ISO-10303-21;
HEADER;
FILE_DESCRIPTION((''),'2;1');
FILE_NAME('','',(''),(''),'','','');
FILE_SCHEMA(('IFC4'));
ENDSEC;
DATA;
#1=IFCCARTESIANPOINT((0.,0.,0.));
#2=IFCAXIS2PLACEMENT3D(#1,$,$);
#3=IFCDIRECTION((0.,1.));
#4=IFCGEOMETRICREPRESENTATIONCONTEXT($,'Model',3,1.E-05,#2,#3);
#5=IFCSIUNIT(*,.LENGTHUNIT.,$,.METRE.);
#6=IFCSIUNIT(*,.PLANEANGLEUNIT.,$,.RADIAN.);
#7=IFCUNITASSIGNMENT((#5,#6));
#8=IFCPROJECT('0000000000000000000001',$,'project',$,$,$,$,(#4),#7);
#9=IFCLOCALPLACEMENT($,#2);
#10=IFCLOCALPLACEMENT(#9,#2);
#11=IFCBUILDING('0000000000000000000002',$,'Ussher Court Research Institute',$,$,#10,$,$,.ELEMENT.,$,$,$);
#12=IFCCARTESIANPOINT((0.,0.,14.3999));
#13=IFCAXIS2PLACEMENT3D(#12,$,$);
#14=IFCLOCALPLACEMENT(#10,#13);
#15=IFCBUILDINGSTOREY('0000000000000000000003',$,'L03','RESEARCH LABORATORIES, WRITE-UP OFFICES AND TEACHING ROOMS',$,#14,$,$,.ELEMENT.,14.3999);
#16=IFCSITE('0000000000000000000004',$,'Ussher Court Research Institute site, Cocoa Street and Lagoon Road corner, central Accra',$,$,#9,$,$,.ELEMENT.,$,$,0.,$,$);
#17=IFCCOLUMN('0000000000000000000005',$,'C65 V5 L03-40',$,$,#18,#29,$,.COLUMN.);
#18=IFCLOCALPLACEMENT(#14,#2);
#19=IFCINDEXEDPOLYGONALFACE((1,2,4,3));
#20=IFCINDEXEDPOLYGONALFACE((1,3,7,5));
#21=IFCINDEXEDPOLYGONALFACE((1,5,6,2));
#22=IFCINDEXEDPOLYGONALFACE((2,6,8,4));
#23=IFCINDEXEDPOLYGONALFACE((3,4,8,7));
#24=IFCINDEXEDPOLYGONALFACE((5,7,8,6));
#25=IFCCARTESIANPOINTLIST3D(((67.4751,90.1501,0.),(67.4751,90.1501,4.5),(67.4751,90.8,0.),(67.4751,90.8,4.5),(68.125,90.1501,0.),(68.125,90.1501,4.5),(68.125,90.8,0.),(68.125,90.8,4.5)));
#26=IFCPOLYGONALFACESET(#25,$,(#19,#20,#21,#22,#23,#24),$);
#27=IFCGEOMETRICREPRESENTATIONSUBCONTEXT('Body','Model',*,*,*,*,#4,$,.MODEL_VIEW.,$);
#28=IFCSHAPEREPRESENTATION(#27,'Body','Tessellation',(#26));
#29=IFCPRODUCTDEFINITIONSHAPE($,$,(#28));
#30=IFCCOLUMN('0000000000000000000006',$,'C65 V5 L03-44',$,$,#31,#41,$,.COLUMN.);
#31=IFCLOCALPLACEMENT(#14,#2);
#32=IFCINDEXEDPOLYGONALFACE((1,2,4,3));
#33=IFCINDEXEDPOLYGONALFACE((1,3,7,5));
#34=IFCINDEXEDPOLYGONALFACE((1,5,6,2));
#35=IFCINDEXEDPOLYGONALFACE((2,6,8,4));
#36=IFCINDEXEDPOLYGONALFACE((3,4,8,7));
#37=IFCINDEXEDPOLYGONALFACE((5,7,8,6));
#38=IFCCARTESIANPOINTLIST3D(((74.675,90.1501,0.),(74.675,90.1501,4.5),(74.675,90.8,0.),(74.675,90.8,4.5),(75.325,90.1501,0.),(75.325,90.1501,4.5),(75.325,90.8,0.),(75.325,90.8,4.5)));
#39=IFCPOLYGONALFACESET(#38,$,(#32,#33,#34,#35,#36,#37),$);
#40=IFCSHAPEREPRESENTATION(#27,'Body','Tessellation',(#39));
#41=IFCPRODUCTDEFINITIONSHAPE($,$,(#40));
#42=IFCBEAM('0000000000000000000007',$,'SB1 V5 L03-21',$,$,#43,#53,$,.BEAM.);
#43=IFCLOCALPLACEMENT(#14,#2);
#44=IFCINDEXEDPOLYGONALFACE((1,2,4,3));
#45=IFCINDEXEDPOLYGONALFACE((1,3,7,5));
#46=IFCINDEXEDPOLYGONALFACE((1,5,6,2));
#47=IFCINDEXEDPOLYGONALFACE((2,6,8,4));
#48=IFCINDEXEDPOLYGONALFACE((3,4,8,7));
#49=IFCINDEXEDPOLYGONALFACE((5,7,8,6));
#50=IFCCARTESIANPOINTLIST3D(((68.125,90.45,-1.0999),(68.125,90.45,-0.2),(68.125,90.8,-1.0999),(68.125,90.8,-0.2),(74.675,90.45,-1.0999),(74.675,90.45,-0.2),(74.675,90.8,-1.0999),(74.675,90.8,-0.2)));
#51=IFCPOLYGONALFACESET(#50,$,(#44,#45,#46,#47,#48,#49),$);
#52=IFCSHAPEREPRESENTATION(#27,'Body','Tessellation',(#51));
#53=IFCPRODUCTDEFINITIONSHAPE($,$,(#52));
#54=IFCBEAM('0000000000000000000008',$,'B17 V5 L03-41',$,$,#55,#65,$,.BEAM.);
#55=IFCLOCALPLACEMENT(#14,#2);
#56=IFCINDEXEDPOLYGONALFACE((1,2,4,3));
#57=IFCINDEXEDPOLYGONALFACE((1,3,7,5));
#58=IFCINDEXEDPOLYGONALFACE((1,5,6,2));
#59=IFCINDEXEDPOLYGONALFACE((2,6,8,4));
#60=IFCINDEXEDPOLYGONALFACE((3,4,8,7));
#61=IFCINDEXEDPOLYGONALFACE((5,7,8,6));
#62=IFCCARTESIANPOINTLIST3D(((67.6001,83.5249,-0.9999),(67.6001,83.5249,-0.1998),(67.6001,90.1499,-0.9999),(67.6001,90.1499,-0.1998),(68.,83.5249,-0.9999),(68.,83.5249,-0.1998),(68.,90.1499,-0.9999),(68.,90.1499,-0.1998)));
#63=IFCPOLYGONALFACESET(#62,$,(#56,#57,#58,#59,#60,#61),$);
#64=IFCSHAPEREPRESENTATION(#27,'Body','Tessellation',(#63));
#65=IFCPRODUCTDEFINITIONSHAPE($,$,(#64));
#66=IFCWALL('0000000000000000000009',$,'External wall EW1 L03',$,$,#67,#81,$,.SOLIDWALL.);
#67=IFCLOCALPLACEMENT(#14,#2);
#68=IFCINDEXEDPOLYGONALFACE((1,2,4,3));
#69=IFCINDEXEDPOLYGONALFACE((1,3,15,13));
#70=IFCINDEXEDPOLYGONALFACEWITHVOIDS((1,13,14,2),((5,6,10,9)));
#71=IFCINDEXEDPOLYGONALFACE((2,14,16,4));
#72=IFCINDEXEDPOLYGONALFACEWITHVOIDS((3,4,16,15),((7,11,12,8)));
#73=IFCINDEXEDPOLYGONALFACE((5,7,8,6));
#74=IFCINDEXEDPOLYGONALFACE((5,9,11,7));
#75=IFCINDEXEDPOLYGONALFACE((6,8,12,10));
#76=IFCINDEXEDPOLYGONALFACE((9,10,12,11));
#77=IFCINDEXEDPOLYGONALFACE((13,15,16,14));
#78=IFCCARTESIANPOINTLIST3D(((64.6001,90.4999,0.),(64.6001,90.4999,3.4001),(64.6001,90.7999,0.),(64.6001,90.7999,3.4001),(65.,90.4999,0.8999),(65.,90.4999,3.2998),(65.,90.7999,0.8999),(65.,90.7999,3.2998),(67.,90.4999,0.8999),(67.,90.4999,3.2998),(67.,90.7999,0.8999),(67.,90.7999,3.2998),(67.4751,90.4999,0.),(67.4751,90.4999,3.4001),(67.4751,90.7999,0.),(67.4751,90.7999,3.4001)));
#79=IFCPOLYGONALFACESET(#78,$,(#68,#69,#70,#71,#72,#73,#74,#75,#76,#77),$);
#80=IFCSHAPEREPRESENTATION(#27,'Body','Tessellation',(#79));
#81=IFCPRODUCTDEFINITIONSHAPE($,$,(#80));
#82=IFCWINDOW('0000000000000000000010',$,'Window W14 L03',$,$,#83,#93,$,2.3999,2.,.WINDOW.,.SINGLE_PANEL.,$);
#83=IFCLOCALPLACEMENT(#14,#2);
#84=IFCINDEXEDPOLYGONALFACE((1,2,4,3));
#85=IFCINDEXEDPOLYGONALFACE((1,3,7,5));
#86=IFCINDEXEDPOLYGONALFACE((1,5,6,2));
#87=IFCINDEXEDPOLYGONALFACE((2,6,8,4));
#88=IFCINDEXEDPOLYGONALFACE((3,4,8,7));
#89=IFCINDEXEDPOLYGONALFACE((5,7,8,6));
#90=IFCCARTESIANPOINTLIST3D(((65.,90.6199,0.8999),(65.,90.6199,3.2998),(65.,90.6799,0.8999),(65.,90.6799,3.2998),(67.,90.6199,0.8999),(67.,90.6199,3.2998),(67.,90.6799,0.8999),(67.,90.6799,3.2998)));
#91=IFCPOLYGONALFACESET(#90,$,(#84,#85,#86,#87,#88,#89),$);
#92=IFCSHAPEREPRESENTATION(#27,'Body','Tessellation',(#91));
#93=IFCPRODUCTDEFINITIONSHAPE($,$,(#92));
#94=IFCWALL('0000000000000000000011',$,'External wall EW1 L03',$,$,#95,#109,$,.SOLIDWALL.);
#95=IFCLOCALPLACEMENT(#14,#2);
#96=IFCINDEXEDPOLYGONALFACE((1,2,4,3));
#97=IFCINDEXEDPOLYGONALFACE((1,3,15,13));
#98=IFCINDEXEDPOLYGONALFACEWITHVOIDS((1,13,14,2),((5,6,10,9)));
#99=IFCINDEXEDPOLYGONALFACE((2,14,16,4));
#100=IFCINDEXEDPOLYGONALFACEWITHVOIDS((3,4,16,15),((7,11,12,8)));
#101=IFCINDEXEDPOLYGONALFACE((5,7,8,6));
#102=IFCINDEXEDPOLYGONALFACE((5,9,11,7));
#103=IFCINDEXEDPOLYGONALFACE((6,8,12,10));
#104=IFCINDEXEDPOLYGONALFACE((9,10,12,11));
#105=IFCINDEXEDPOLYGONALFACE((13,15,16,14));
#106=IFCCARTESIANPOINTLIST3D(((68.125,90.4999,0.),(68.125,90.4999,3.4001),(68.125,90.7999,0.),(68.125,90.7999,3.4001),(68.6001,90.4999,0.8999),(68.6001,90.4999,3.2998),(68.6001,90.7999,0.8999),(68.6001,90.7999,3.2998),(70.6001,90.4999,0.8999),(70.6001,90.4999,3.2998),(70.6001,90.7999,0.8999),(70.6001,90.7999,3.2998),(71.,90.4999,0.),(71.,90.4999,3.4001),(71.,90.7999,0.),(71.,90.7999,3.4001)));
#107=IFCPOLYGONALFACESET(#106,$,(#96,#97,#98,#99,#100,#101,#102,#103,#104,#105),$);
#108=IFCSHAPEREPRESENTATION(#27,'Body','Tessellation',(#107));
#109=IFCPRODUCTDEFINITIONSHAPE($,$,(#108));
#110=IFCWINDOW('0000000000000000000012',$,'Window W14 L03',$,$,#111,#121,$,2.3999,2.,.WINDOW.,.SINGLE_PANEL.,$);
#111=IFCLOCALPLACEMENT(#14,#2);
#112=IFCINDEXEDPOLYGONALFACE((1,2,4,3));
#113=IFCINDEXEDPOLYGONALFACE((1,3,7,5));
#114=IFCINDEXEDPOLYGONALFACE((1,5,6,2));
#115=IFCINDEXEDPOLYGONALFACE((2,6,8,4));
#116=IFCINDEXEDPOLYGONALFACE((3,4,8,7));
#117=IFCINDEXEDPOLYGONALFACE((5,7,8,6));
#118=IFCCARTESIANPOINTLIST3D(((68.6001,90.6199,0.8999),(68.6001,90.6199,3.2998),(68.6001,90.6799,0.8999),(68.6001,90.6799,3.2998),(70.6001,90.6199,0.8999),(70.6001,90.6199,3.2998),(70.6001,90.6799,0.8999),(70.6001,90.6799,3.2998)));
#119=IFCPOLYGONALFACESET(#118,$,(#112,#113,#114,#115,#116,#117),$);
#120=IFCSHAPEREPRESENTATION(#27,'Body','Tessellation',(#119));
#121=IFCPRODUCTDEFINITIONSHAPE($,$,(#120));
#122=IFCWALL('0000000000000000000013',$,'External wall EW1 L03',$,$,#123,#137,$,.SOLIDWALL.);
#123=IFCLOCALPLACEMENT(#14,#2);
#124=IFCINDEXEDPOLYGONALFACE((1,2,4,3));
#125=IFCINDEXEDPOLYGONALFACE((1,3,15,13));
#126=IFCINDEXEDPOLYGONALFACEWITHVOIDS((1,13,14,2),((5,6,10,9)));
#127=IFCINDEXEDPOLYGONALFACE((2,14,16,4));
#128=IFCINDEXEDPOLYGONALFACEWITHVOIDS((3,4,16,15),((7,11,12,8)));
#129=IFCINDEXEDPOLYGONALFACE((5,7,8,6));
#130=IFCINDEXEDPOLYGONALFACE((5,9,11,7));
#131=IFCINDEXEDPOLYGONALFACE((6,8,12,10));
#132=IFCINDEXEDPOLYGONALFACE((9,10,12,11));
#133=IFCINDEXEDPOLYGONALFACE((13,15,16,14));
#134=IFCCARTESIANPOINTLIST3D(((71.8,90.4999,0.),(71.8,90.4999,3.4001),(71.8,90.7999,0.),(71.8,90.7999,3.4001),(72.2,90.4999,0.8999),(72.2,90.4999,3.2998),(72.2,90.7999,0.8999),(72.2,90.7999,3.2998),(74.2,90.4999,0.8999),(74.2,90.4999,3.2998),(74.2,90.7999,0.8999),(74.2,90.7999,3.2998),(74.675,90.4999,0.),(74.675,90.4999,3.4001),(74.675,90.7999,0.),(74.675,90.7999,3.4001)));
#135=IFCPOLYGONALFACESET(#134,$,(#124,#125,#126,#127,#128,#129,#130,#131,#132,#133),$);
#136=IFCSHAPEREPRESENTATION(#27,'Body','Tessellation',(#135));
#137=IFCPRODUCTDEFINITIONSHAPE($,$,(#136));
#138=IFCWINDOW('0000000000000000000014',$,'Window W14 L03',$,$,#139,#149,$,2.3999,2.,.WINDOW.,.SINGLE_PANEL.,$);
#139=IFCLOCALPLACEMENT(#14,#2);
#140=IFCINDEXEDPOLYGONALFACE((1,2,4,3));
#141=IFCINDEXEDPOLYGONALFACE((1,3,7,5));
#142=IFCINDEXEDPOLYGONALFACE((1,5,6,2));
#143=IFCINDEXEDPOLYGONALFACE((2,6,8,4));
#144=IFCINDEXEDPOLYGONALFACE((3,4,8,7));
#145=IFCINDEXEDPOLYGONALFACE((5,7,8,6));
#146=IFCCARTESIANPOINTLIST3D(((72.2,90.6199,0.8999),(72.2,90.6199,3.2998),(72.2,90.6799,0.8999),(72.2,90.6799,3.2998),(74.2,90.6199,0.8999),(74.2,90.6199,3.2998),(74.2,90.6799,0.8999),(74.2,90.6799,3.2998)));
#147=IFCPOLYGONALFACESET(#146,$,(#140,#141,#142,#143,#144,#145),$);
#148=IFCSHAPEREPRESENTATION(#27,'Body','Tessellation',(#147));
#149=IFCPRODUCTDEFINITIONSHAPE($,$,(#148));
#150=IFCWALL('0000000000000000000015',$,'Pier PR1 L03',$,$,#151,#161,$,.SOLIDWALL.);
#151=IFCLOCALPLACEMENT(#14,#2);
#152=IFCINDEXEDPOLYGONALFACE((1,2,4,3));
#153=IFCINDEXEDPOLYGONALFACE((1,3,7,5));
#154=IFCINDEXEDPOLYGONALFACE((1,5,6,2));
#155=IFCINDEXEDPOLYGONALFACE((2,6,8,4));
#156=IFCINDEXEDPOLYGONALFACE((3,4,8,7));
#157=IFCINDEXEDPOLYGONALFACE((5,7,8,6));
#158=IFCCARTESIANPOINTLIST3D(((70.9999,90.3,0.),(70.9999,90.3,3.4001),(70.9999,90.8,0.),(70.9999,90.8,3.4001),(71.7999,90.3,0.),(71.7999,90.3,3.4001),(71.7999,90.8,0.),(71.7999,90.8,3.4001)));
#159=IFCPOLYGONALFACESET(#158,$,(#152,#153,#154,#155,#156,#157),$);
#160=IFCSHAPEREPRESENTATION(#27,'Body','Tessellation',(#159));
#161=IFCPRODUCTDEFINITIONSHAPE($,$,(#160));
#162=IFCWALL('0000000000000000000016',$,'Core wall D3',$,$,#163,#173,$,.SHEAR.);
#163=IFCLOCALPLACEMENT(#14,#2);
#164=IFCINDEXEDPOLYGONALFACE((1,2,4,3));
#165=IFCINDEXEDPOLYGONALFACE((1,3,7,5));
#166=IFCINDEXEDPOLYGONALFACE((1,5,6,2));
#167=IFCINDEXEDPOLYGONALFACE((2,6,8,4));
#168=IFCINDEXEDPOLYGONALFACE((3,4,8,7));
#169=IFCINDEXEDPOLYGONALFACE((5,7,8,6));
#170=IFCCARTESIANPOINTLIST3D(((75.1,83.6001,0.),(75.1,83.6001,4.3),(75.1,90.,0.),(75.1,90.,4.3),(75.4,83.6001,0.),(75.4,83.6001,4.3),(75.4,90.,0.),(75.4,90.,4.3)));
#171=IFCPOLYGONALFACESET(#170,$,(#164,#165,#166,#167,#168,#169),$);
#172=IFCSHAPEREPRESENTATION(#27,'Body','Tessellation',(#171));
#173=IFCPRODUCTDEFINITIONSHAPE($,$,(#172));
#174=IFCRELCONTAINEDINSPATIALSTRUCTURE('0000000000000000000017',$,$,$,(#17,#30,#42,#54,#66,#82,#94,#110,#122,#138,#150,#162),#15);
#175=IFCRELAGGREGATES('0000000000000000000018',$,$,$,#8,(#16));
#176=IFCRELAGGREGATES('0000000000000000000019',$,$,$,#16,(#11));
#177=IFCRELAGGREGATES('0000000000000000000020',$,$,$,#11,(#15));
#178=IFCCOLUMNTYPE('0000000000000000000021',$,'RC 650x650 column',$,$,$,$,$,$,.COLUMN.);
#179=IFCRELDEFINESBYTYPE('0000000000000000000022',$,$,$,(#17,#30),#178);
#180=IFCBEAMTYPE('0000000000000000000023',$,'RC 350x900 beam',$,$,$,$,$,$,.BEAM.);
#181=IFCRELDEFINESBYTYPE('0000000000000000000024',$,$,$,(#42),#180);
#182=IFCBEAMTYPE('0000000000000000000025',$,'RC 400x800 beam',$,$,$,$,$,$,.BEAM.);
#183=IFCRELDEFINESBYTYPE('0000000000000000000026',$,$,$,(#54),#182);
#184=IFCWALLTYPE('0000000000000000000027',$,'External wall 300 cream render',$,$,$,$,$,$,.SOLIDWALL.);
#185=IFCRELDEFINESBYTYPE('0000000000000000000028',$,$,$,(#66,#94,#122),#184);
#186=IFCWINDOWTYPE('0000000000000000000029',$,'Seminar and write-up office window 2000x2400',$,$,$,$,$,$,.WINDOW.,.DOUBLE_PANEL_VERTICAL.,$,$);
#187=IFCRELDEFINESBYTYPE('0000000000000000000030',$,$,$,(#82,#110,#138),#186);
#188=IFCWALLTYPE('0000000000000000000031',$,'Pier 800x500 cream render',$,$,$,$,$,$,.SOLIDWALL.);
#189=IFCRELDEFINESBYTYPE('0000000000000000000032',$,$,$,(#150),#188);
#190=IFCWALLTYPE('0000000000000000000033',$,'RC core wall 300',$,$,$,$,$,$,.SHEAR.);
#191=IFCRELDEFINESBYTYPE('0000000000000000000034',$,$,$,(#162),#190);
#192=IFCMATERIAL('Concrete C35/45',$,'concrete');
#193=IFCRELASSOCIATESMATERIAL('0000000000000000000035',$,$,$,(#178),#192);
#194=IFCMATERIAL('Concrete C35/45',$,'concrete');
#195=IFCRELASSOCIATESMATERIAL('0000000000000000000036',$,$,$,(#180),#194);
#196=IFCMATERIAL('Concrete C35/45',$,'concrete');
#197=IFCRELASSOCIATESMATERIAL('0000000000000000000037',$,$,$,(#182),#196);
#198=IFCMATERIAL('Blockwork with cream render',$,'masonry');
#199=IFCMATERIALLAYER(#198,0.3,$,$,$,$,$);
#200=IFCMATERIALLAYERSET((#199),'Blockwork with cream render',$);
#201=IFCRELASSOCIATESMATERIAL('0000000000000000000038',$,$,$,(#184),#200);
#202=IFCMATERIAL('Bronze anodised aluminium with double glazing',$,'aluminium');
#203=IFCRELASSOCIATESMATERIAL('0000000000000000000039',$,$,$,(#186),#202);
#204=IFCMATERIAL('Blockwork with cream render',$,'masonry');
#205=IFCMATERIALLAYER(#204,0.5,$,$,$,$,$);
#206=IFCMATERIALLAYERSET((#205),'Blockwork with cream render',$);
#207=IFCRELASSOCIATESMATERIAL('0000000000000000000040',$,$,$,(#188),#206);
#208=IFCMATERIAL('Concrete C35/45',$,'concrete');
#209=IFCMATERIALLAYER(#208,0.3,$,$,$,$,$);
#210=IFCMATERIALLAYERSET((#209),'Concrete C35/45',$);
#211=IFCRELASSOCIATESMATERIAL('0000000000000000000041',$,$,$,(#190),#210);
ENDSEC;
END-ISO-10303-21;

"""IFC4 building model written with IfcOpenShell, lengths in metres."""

from ifc_helpers import new_model, si_unit, direction, frame, frame_2d, origin, origin_2d, place, context, subcontext, project, spatial, rectangle, extrude, material, layer, layer_set, material_profile, profile_set, type_object, element, fill, save


model = new_model("IFC4")

# Units and contexts
model_context = context("Model", 3, precision=1e-05, world=origin(), true_north=direction((0.0, 1.0)))
body_context = subcontext(model_context, "Body", "Model", "MODEL_VIEW")
ifc_project = project(units=[si_unit("LENGTHUNIT", "METRE"), si_unit("PLANEANGLEUNIT", "RADIAN")], contexts=[model_context])

# Site, building, storey
site_placement = place(None, origin())
site = spatial("IfcSite", under=ifc_project, at=site_placement, Name="Ussher Court Research Institute site, Cocoa Street and Lagoon Road corner, central Accra", CompositionType="ELEMENT", RefElevation=0.0)
building_placement = place(site_placement, origin())
building = spatial("IfcBuilding", under=site, at=building_placement, Name="Ussher Court Research Institute", CompositionType="ELEMENT")
storey_placement = place(building_placement, frame((0.0, 0.0, 14.3999)))
storey = spatial("IfcBuildingStorey", under=building, at=storey_placement, Name="L03", Description="RESEARCH LABORATORIES, WRITE-UP OFFICES AND TEACHING ROOMS", CompositionType="ELEMENT", Elevation=14.3999)

# Columns
ifc_material_1 = material(Name="Concrete C35/45", Category="concrete")
ifc_material_profile_1 = material_profile(ifc_material_1, rectangle(XDim=0.6499, YDim=0.6499, at=origin_2d()), Name="RC 650x650")
ifc_profile_set_1 = profile_set([ifc_material_profile_1], Name="Concrete C35/45")
column_type = type_object("IfcColumnType", Name="RC 650x650 column", PredefinedType="COLUMN", material=ifc_profile_set_1)
for number, where, z_axis, x_axis, name in (
    (1, (67.8, 90.4751, 0.0), (0.0, 0.0, 1.0), (1.0, 0.0, 0.0), "C65 V5 L03-40"),
    (2, (75.0, 90.4751, 0.0), (0.0, 0.0, 1.0), (1.0, 0.0, 0.0), "C65 V5 L03-44"),
):
    element("IfcColumn", number, at=place(storey_placement, frame(where, z_axis=z_axis, x_axis=x_axis)), inside=storey, type_object=column_type, Name=name, PredefinedType="COLUMN", context=body_context, shape_type="SweptSolid", body=[
        extrude(rectangle(XDim=0.6499, YDim=0.6499, at=origin_2d()), origin(), (0.0, 0.0, 1.0), 4.5),
    ])

# Beams
ifc_material_2 = material(Name="Concrete C35/45", Category="concrete")
ifc_material_profile_2 = material_profile(ifc_material_2, rectangle(XDim=0.3501, YDim=0.8999, at=origin_2d()), Name="RC 350x900")
ifc_profile_set_2 = profile_set([ifc_material_profile_2], Name="Concrete C35/45")
beam_type_1 = type_object("IfcBeamType", Name="RC 350x900 beam", PredefinedType="BEAM", material=ifc_profile_set_2)
beam_1_placement = place(storey_placement, frame((68.125, 90.625, -0.6499), z_axis=(1.0, 0.0, 0.0), x_axis=(0.0, 1.0, 0.0)))
element("IfcBeam", 3, at=beam_1_placement, inside=storey, type_object=beam_type_1, Name="SB1 V5 L03-21", PredefinedType="BEAM", context=body_context, shape_type="SweptSolid", body=[
    extrude(rectangle(XDim=0.3501, YDim=0.8999, at=origin_2d()), origin(), (0.0, 0.0, 1.0), 6.55),
])
ifc_material_3 = material(Name="Concrete C35/45", Category="concrete")
ifc_material_profile_3 = material_profile(ifc_material_3, rectangle(XDim=0.3999, YDim=0.8, at=origin_2d()), Name="RC 400x800")
ifc_profile_set_3 = profile_set([ifc_material_profile_3], Name="Concrete C35/45")
beam_type_2 = type_object("IfcBeamType", Name="RC 400x800 beam", PredefinedType="BEAM", material=ifc_profile_set_3)
beam_2_placement = place(storey_placement, frame((67.8, 83.5249, -0.5999), z_axis=(0.0, 1.0, 0.0), x_axis=(-1.0, 0.0, 0.0)))
element("IfcBeam", 4, at=beam_2_placement, inside=storey, type_object=beam_type_2, Name="B17 V5 L03-41", PredefinedType="BEAM", context=body_context, shape_type="SweptSolid", body=[
    extrude(rectangle(XDim=0.3999, YDim=0.8, at=origin_2d()), origin(), (0.0, 0.0, 1.0), 6.625),
])

# Walls, openings, windows
ifc_material_4 = material(Name="Blockwork with cream render", Category="masonry")
ifc_layer_1 = layer(ifc_material_4, 0.3)
ifc_layer_set_1 = layer_set([ifc_layer_1], Name="Blockwork with cream render")
wall_type_1 = type_object("IfcWallType", Name="External wall 300 cream render", PredefinedType="SOLIDWALL", material=ifc_layer_set_1)
wall_1_placement = place(storey_placement, frame((64.6001, 90.6499, 0.0), z_axis=(0.0, 0.0, 1.0), x_axis=(1.0, 0.0, 0.0)))
wall_1 = element("IfcWall", 5, at=wall_1_placement, inside=storey, type_object=wall_type_1, Name="External wall EW1 L03", PredefinedType="SOLIDWALL", context=body_context, shape_type="SweptSolid", body=[
    extrude(rectangle(XDim=2.875, YDim=0.3, at=frame_2d((1.4375, 0.0))), origin(), (0.0, 0.0, 1.0), 3.4001),
])
opening_1_placement = place(wall_1_placement, frame((0.3999, 0.0, 0.8999)))
opening_1 = element("IfcOpeningElement", 6, at=opening_1_placement, cuts=wall_1, PredefinedType="OPENING", context=body_context, shape_type="SweptSolid", body=[
    extrude(rectangle(XDim=2.0, YDim=2.3999, at=frame_2d((1.0, 1.2))), frame((0.0, 0.1602, 0.0), z_axis=(0.0, -1.0, 0.0), x_axis=(1.0, 0.0, 0.0)), (0.0, 0.0, 1.0), 0.3201),
])
ifc_material_5 = material(Name="Bronze anodised aluminium with double glazing", Category="aluminium")
window_type = type_object("IfcWindowType", Name="Seminar and write-up office window 2000x2400", PartitioningType="DOUBLE_PANEL_VERTICAL", PredefinedType="WINDOW", material=ifc_material_5)
window_1_placement = place(opening_1_placement, origin())
window_1 = element("IfcWindow", 7, at=window_1_placement, inside=storey, type_object=window_type, Name="Window W14 L03", OverallHeight=2.3999, OverallWidth=2.0, PartitioningType="SINGLE_PANEL", PredefinedType="WINDOW", context=body_context, shape_type="SweptSolid", body=[
    extrude(rectangle(XDim=2.0, YDim=2.3999, at=frame_2d((1.0, 1.2))), frame((0.0, 0.03, 0.0), z_axis=(0.0, -1.0, 0.0), x_axis=(1.0, 0.0, 0.0)), (0.0, 0.0, 1.0), 0.0601),
])
fill(opening_1, window_1)
wall_2_placement = place(storey_placement, frame((68.125, 90.6499, 0.0), z_axis=(0.0, 0.0, 1.0), x_axis=(1.0, 0.0, 0.0)))
wall_2 = element("IfcWall", 8, at=wall_2_placement, inside=storey, type_object=wall_type_1, Name="External wall EW1 L03", PredefinedType="SOLIDWALL", context=body_context, shape_type="SweptSolid", body=[
    extrude(rectangle(XDim=2.875, YDim=0.3, at=frame_2d((1.4375, 0.0))), origin(), (0.0, 0.0, 1.0), 3.4001),
])
opening_2_placement = place(wall_2_placement, frame((0.4751, 0.0, 0.8999)))
opening_2 = element("IfcOpeningElement", 9, at=opening_2_placement, cuts=wall_2, PredefinedType="OPENING", context=body_context, shape_type="SweptSolid", body=[
    extrude(rectangle(XDim=2.0, YDim=2.3999, at=frame_2d((1.0, 1.2))), frame((0.0, 0.1602, 0.0), z_axis=(0.0, -1.0, 0.0), x_axis=(1.0, 0.0, 0.0)), (0.0, 0.0, 1.0), 0.3201),
])
window_2_placement = place(opening_2_placement, origin())
window_2 = element("IfcWindow", 10, at=window_2_placement, inside=storey, type_object=window_type, Name="Window W14 L03", OverallHeight=2.3999, OverallWidth=2.0, PartitioningType="SINGLE_PANEL", PredefinedType="WINDOW", context=body_context, shape_type="SweptSolid", body=[
    extrude(rectangle(XDim=2.0, YDim=2.3999, at=frame_2d((1.0, 1.2))), frame((0.0, 0.03, 0.0), z_axis=(0.0, -1.0, 0.0), x_axis=(1.0, 0.0, 0.0)), (0.0, 0.0, 1.0), 0.0601),
])
fill(opening_2, window_2)
wall_3_placement = place(storey_placement, frame((71.8, 90.6499, 0.0), z_axis=(0.0, 0.0, 1.0), x_axis=(1.0, 0.0, 0.0)))
wall_3 = element("IfcWall", 11, at=wall_3_placement, inside=storey, type_object=wall_type_1, Name="External wall EW1 L03", PredefinedType="SOLIDWALL", context=body_context, shape_type="SweptSolid", body=[
    extrude(rectangle(XDim=2.875, YDim=0.3, at=frame_2d((1.4375, 0.0))), origin(), (0.0, 0.0, 1.0), 3.4001),
])
opening_3_placement = place(wall_3_placement, frame((0.3999, 0.0, 0.8999)))
opening_3 = element("IfcOpeningElement", 12, at=opening_3_placement, cuts=wall_3, PredefinedType="OPENING", context=body_context, shape_type="SweptSolid", body=[
    extrude(rectangle(XDim=2.0, YDim=2.3999, at=frame_2d((1.0, 1.2))), frame((0.0, 0.1602, 0.0), z_axis=(0.0, -1.0, 0.0), x_axis=(1.0, 0.0, 0.0)), (0.0, 0.0, 1.0), 0.3201),
])
window_3_placement = place(opening_3_placement, origin())
window_3 = element("IfcWindow", 13, at=window_3_placement, inside=storey, type_object=window_type, Name="Window W14 L03", OverallHeight=2.3999, OverallWidth=2.0, PartitioningType="SINGLE_PANEL", PredefinedType="WINDOW", context=body_context, shape_type="SweptSolid", body=[
    extrude(rectangle(XDim=2.0, YDim=2.3999, at=frame_2d((1.0, 1.2))), frame((0.0, 0.03, 0.0), z_axis=(0.0, -1.0, 0.0), x_axis=(1.0, 0.0, 0.0)), (0.0, 0.0, 1.0), 0.0601),
])
fill(opening_3, window_3)

# Walls
ifc_material_6 = material(Name="Blockwork with cream render", Category="masonry")
ifc_layer_2 = layer(ifc_material_6, 0.5)
ifc_layer_set_2 = layer_set([ifc_layer_2], Name="Blockwork with cream render")
wall_type_2 = type_object("IfcWallType", Name="Pier 800x500 cream render", PredefinedType="SOLIDWALL", material=ifc_layer_set_2)
wall_4_placement = place(storey_placement, frame((71.0, 90.55, 0.0), z_axis=(0.0, 0.0, 1.0), x_axis=(1.0, 0.0, 0.0)))
element("IfcWall", 14, at=wall_4_placement, inside=storey, type_object=wall_type_2, Name="Pier PR1 L03", PredefinedType="SOLIDWALL", context=body_context, shape_type="SweptSolid", body=[
    extrude(rectangle(XDim=0.8, YDim=0.5, at=frame_2d((0.3999, 0.0))), origin(), (0.0, 0.0, 1.0), 3.4001),
])
ifc_material_7 = material(Name="Concrete C35/45", Category="concrete")
ifc_layer_3 = layer(ifc_material_7, 0.3)
ifc_layer_set_3 = layer_set([ifc_layer_3], Name="Concrete C35/45")
wall_type_3 = type_object("IfcWallType", Name="RC core wall 300", PredefinedType="SHEAR", material=ifc_layer_set_3)
wall_5_placement = place(storey_placement, frame((75.25, 83.6001, 0.0), z_axis=(0.0, 0.0, 1.0), x_axis=(0.0, 1.0, 0.0)))
element("IfcWall", 15, at=wall_5_placement, inside=storey, type_object=wall_type_3, Name="Core wall D3", PredefinedType="SHEAR", context=body_context, shape_type="SweptSolid", body=[
    extrude(rectangle(XDim=6.3999, YDim=0.3, at=frame_2d((3.2, 0.0))), origin(), (0.0, 0.0, 1.0), 4.3),
])

save(model, "model.ifc")
